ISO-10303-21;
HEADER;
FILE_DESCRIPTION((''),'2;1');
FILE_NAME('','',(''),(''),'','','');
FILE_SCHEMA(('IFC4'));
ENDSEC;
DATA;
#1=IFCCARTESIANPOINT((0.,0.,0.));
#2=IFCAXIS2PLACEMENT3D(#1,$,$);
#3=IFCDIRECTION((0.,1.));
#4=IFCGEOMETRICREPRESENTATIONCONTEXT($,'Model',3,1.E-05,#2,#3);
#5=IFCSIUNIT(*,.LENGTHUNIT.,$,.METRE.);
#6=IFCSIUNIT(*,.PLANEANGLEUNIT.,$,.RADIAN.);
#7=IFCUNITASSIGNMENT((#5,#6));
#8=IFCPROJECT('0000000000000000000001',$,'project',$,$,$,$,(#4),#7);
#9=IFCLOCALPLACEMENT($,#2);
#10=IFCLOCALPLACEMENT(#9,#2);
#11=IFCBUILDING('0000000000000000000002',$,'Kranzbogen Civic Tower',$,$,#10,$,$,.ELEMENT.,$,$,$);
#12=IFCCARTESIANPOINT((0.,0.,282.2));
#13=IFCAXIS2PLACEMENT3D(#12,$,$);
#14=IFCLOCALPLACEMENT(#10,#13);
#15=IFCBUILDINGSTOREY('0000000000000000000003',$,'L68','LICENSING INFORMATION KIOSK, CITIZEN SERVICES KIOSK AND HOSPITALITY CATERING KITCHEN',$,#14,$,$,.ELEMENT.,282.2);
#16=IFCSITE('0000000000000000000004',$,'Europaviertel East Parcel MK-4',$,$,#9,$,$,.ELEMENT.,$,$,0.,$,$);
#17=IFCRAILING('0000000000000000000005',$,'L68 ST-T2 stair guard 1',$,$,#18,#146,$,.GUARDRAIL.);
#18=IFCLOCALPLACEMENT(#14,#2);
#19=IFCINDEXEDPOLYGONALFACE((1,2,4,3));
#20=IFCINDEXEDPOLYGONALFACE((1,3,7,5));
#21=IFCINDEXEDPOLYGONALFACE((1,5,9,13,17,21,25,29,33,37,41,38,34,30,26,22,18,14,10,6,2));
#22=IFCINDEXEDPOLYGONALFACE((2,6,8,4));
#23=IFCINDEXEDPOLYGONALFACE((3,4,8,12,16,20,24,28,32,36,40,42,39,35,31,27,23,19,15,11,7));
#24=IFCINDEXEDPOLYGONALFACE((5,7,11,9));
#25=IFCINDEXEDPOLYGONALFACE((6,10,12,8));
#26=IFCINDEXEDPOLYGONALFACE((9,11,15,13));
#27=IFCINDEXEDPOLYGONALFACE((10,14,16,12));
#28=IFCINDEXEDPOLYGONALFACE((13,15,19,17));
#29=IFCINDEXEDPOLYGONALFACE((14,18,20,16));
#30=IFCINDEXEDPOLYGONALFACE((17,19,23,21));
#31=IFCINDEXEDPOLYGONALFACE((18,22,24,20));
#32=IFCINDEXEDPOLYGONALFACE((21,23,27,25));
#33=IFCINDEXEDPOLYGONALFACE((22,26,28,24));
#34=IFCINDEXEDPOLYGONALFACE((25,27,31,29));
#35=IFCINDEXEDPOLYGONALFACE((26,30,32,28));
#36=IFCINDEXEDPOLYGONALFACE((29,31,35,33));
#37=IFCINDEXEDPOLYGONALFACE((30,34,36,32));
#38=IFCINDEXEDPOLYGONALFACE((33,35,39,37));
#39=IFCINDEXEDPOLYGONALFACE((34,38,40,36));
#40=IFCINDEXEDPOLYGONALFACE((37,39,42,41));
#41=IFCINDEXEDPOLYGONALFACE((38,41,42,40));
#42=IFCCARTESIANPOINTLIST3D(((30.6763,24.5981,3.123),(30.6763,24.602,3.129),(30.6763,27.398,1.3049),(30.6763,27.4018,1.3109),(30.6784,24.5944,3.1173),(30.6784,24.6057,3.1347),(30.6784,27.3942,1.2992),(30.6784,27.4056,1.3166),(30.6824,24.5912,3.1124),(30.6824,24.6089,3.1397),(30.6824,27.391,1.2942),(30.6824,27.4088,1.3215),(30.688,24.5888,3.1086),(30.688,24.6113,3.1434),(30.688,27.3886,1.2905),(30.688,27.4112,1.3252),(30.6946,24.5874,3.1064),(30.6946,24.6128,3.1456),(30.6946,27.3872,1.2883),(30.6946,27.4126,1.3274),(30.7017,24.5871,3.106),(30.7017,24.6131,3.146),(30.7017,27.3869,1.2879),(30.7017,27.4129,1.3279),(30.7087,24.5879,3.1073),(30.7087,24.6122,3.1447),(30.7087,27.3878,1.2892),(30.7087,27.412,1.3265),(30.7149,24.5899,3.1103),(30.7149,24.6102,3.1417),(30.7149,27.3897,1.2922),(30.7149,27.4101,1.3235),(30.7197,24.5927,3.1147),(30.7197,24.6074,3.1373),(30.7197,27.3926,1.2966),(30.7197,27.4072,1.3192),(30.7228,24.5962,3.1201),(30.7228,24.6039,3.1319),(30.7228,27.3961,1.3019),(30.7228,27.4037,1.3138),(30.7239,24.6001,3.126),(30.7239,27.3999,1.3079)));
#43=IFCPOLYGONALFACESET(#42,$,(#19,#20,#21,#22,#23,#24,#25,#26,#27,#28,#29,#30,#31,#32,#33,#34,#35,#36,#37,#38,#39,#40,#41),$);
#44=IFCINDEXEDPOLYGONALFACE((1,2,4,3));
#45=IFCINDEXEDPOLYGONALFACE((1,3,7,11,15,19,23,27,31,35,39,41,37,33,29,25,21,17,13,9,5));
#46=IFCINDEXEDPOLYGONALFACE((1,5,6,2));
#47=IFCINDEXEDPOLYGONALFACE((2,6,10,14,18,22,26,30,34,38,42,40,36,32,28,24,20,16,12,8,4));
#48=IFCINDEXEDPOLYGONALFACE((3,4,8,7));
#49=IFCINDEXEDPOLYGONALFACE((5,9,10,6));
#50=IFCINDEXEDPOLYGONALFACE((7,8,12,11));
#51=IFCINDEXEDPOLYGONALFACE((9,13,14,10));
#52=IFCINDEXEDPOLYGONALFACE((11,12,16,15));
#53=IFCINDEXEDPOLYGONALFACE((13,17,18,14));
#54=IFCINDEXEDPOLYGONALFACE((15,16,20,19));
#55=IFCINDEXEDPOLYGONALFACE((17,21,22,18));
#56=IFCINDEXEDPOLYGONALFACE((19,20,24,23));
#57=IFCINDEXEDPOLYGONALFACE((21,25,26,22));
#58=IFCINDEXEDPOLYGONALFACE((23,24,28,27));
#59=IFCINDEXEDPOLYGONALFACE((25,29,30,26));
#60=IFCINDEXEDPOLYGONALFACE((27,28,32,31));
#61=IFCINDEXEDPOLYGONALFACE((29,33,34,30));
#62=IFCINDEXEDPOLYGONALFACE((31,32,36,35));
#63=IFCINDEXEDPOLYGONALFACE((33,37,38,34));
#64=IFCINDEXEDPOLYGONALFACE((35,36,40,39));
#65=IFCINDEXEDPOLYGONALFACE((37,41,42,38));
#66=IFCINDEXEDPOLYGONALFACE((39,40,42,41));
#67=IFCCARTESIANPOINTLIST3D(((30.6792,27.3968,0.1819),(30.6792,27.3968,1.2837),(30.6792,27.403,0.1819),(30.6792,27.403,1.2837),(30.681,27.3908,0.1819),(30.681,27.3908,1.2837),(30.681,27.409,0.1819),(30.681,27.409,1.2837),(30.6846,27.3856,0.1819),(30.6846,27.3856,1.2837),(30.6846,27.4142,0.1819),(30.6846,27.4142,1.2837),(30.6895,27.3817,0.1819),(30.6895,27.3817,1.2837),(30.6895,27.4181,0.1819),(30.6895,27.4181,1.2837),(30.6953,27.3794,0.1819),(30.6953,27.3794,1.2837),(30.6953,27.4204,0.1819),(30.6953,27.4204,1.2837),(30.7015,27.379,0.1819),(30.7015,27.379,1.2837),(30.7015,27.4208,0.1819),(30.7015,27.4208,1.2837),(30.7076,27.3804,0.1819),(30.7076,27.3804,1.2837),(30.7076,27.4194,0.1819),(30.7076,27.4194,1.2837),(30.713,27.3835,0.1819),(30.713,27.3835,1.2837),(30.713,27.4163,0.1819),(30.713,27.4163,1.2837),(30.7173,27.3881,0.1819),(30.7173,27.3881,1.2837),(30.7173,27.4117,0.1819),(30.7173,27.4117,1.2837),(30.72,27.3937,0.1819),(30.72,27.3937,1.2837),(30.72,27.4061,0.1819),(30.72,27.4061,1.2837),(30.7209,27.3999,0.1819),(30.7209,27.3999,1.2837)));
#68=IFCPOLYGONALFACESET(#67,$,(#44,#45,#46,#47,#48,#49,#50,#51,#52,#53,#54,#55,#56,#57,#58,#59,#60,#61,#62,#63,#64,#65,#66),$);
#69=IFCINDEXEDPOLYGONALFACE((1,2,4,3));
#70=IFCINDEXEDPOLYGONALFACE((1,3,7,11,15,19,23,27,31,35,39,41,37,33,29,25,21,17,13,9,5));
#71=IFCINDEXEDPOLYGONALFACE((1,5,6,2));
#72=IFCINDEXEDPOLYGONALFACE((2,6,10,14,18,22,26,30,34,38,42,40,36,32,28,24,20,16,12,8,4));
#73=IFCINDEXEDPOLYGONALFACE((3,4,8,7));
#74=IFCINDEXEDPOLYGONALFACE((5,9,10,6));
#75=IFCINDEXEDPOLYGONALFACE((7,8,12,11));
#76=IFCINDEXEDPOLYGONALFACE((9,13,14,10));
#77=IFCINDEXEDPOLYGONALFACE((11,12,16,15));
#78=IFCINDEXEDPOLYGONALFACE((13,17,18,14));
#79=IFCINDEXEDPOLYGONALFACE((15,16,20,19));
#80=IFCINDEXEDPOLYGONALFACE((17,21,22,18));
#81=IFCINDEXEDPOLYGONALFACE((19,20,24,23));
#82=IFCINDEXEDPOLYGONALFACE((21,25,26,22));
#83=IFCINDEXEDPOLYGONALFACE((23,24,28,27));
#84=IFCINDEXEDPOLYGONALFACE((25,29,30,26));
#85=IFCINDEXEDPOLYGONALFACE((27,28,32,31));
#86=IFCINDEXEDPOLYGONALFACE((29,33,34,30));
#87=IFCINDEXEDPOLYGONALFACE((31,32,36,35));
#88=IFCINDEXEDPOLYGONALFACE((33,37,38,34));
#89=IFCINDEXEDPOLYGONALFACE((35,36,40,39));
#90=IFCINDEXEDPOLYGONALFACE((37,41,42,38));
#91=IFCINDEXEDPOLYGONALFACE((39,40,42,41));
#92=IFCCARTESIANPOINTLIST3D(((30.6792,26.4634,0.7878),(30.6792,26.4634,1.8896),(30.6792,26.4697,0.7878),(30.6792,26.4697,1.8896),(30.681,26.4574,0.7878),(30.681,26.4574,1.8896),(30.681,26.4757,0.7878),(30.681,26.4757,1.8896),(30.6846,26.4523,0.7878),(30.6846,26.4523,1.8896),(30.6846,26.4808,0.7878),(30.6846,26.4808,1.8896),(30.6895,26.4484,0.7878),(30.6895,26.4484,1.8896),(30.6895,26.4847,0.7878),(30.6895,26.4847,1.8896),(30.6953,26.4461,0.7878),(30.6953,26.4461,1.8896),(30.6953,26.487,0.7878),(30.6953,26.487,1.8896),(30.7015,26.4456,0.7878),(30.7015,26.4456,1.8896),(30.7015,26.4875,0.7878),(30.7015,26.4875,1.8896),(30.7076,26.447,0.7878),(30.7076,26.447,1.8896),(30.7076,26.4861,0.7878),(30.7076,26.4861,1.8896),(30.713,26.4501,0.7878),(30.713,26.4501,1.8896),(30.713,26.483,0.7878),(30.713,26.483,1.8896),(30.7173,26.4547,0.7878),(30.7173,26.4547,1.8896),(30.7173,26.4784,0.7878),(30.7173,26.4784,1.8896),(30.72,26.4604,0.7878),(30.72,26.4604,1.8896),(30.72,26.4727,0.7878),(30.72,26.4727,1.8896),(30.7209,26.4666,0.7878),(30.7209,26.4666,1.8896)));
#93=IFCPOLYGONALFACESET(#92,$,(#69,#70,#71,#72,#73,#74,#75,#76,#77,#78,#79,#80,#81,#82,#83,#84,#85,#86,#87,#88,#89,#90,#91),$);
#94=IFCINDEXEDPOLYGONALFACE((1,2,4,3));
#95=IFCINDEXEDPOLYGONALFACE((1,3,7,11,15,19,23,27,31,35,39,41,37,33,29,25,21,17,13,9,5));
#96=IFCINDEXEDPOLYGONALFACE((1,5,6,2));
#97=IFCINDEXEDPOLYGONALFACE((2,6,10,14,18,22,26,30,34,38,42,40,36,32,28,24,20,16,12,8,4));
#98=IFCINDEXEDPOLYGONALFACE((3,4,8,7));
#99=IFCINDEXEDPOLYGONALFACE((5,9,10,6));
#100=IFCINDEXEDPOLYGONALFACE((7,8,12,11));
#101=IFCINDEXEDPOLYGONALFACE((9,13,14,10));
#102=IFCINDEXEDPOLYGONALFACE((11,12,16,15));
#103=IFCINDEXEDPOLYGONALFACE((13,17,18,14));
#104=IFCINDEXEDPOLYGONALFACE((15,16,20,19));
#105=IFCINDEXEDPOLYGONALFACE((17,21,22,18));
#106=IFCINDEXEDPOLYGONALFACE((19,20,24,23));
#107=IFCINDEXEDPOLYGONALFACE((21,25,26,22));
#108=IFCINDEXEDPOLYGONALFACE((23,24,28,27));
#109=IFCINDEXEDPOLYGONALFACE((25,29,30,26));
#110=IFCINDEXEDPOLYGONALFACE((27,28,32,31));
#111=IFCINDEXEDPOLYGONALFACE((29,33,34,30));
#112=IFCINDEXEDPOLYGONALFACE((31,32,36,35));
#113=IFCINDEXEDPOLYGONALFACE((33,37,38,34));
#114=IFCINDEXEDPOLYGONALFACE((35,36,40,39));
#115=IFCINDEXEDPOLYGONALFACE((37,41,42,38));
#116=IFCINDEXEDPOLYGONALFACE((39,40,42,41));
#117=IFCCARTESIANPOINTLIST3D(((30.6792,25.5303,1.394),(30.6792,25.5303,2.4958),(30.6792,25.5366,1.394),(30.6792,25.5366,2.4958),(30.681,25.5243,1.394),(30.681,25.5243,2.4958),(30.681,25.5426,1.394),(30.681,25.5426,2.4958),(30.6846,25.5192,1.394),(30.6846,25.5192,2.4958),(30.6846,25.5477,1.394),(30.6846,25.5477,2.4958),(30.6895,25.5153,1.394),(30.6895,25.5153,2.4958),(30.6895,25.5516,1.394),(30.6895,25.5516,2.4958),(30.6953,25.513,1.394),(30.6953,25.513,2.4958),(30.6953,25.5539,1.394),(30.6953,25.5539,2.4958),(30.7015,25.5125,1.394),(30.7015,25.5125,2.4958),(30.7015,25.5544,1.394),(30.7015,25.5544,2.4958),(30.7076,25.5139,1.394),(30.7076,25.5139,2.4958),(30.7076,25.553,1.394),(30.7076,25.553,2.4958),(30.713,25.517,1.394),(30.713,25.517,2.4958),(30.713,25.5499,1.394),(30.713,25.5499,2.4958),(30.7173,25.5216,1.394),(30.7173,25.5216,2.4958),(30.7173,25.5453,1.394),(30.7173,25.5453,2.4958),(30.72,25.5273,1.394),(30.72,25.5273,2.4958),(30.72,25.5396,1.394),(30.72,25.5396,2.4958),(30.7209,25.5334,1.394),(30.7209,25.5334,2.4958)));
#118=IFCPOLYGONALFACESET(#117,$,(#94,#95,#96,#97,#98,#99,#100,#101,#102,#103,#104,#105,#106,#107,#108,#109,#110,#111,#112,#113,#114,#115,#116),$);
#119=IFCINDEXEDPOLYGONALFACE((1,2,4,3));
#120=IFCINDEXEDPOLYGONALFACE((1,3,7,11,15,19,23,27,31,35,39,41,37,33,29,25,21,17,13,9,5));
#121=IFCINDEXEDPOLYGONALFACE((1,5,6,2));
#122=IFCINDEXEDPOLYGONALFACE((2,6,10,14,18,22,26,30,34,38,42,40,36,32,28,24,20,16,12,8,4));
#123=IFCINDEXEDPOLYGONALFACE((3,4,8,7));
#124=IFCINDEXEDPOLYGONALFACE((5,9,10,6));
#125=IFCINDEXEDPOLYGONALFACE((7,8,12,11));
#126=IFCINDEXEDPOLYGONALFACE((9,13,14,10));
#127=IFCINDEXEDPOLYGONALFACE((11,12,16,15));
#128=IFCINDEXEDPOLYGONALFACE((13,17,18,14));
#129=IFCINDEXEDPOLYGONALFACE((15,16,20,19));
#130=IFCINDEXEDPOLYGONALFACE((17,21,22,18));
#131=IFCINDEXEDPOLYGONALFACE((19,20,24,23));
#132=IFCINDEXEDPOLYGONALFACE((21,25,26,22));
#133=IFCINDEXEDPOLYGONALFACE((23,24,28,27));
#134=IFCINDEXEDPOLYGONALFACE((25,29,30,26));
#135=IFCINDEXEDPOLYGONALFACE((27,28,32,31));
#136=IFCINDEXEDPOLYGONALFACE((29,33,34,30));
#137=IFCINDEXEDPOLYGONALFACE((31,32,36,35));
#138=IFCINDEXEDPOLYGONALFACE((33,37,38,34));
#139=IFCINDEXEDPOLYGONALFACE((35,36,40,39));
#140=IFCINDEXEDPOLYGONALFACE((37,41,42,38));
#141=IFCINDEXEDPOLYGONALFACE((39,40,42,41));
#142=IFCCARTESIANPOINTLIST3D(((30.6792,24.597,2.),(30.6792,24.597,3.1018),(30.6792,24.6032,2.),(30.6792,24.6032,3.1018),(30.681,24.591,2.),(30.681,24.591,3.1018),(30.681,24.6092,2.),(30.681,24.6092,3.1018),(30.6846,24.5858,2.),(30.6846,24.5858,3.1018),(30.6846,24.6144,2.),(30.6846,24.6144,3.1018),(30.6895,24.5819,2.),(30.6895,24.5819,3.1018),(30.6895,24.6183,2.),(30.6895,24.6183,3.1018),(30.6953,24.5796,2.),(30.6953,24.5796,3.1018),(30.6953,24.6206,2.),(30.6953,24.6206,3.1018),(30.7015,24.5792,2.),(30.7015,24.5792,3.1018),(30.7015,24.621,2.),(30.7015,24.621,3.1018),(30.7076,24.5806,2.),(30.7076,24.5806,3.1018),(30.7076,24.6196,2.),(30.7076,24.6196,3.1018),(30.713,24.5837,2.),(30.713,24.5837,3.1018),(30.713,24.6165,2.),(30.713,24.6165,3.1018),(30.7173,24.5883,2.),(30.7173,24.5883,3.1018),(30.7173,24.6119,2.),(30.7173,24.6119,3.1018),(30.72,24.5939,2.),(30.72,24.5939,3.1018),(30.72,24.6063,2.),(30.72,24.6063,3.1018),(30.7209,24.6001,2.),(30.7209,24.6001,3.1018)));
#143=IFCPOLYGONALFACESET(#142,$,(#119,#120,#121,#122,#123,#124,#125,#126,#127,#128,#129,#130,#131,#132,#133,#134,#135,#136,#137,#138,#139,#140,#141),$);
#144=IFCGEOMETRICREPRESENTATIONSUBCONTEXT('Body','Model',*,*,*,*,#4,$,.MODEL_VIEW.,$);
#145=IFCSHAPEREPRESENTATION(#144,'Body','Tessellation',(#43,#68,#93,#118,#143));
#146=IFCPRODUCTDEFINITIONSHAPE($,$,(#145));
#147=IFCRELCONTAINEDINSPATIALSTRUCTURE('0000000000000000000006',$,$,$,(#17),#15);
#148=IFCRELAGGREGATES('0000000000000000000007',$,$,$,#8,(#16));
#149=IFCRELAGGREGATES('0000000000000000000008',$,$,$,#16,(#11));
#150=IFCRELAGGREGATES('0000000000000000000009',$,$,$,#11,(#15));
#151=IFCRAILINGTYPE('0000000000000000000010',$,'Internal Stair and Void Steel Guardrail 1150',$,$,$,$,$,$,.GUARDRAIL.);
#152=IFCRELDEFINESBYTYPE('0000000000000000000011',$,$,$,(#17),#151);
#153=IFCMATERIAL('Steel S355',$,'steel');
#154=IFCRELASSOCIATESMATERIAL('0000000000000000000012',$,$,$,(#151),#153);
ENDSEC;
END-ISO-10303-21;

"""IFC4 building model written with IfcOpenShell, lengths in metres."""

from ifc_helpers import new_model, si_unit, direction, frame, origin, origin_2d, place, context, subcontext, project, spatial, circle, extrude, material, type_object, element, save


model = new_model("IFC4")

# Units and contexts
model_context = context("Model", 3, precision=1e-05, world=origin(), true_north=direction((0.0, 1.0)))
body_context = subcontext(model_context, "Body", "Model", "MODEL_VIEW")
ifc_project = project(units=[si_unit("LENGTHUNIT", "METRE"), si_unit("PLANEANGLEUNIT", "RADIAN")], contexts=[model_context])

# Site, building, storey
site_placement = place(None, origin())
site = spatial("IfcSite", under=ifc_project, at=site_placement, Name="Europaviertel East Parcel MK-4", CompositionType="ELEMENT", RefElevation=0.0)
building_placement = place(site_placement, origin())
building = spatial("IfcBuilding", under=site, at=building_placement, Name="Kranzbogen Civic Tower", CompositionType="ELEMENT")
storey_placement = place(building_placement, frame((0.0, 0.0, 282.2)))
storey = spatial("IfcBuildingStorey", under=building, at=storey_placement, Name="L68", Description="LICENSING INFORMATION KIOSK, CITIZEN SERVICES KIOSK AND HOSPITALITY CATERING KITCHEN", CompositionType="ELEMENT", Elevation=282.2)

# Shared definitions
ifc_material_1 = material(Name="Steel S355", Category="steel")

# Railing
railing_type_1 = type_object("IfcRailingType", Name="Internal Stair and Void Steel Guardrail 1150", PredefinedType="GUARDRAIL", material=ifc_material_1)
railing_1_placement = place(storey_placement, frame((30.7, 27.3999, 0.1819)))
element("IfcRailing", 1, at=railing_1_placement, inside=storey, type_object=railing_type_1, Name="L68 ST-T2 stair guard 1", PredefinedType="GUARDRAIL", context=body_context, shape_type="SweptSolid", body=[
    extrude(circle(Radius=0.0239, at=origin_2d()), frame((0.0, 0.0, 1.126), z_axis=(0.0, -0.838684, 0.544618), x_axis=(1.0, 0.0, 0.0)), (0.0, 0.0, 1.0), 3.3384),
    extrude(circle(Radius=0.021, at=origin_2d()), origin(), (0.0, 0.0, 1.0), 1.1018),
    extrude(circle(Radius=0.021, at=origin_2d()), frame((0.0, -0.9333, 0.606)), (0.0, 0.0, 1.0), 1.1018),
    extrude(circle(Radius=0.021, at=origin_2d()), frame((0.0, -1.8665, 1.2122)), (0.0, 0.0, 1.0), 1.1018),
    extrude(circle(Radius=0.021, at=origin_2d()), frame((0.0, -2.7998, 1.8181)), (0.0, 0.0, 1.0), 1.1018),
])

save(model, "model.ifc")
